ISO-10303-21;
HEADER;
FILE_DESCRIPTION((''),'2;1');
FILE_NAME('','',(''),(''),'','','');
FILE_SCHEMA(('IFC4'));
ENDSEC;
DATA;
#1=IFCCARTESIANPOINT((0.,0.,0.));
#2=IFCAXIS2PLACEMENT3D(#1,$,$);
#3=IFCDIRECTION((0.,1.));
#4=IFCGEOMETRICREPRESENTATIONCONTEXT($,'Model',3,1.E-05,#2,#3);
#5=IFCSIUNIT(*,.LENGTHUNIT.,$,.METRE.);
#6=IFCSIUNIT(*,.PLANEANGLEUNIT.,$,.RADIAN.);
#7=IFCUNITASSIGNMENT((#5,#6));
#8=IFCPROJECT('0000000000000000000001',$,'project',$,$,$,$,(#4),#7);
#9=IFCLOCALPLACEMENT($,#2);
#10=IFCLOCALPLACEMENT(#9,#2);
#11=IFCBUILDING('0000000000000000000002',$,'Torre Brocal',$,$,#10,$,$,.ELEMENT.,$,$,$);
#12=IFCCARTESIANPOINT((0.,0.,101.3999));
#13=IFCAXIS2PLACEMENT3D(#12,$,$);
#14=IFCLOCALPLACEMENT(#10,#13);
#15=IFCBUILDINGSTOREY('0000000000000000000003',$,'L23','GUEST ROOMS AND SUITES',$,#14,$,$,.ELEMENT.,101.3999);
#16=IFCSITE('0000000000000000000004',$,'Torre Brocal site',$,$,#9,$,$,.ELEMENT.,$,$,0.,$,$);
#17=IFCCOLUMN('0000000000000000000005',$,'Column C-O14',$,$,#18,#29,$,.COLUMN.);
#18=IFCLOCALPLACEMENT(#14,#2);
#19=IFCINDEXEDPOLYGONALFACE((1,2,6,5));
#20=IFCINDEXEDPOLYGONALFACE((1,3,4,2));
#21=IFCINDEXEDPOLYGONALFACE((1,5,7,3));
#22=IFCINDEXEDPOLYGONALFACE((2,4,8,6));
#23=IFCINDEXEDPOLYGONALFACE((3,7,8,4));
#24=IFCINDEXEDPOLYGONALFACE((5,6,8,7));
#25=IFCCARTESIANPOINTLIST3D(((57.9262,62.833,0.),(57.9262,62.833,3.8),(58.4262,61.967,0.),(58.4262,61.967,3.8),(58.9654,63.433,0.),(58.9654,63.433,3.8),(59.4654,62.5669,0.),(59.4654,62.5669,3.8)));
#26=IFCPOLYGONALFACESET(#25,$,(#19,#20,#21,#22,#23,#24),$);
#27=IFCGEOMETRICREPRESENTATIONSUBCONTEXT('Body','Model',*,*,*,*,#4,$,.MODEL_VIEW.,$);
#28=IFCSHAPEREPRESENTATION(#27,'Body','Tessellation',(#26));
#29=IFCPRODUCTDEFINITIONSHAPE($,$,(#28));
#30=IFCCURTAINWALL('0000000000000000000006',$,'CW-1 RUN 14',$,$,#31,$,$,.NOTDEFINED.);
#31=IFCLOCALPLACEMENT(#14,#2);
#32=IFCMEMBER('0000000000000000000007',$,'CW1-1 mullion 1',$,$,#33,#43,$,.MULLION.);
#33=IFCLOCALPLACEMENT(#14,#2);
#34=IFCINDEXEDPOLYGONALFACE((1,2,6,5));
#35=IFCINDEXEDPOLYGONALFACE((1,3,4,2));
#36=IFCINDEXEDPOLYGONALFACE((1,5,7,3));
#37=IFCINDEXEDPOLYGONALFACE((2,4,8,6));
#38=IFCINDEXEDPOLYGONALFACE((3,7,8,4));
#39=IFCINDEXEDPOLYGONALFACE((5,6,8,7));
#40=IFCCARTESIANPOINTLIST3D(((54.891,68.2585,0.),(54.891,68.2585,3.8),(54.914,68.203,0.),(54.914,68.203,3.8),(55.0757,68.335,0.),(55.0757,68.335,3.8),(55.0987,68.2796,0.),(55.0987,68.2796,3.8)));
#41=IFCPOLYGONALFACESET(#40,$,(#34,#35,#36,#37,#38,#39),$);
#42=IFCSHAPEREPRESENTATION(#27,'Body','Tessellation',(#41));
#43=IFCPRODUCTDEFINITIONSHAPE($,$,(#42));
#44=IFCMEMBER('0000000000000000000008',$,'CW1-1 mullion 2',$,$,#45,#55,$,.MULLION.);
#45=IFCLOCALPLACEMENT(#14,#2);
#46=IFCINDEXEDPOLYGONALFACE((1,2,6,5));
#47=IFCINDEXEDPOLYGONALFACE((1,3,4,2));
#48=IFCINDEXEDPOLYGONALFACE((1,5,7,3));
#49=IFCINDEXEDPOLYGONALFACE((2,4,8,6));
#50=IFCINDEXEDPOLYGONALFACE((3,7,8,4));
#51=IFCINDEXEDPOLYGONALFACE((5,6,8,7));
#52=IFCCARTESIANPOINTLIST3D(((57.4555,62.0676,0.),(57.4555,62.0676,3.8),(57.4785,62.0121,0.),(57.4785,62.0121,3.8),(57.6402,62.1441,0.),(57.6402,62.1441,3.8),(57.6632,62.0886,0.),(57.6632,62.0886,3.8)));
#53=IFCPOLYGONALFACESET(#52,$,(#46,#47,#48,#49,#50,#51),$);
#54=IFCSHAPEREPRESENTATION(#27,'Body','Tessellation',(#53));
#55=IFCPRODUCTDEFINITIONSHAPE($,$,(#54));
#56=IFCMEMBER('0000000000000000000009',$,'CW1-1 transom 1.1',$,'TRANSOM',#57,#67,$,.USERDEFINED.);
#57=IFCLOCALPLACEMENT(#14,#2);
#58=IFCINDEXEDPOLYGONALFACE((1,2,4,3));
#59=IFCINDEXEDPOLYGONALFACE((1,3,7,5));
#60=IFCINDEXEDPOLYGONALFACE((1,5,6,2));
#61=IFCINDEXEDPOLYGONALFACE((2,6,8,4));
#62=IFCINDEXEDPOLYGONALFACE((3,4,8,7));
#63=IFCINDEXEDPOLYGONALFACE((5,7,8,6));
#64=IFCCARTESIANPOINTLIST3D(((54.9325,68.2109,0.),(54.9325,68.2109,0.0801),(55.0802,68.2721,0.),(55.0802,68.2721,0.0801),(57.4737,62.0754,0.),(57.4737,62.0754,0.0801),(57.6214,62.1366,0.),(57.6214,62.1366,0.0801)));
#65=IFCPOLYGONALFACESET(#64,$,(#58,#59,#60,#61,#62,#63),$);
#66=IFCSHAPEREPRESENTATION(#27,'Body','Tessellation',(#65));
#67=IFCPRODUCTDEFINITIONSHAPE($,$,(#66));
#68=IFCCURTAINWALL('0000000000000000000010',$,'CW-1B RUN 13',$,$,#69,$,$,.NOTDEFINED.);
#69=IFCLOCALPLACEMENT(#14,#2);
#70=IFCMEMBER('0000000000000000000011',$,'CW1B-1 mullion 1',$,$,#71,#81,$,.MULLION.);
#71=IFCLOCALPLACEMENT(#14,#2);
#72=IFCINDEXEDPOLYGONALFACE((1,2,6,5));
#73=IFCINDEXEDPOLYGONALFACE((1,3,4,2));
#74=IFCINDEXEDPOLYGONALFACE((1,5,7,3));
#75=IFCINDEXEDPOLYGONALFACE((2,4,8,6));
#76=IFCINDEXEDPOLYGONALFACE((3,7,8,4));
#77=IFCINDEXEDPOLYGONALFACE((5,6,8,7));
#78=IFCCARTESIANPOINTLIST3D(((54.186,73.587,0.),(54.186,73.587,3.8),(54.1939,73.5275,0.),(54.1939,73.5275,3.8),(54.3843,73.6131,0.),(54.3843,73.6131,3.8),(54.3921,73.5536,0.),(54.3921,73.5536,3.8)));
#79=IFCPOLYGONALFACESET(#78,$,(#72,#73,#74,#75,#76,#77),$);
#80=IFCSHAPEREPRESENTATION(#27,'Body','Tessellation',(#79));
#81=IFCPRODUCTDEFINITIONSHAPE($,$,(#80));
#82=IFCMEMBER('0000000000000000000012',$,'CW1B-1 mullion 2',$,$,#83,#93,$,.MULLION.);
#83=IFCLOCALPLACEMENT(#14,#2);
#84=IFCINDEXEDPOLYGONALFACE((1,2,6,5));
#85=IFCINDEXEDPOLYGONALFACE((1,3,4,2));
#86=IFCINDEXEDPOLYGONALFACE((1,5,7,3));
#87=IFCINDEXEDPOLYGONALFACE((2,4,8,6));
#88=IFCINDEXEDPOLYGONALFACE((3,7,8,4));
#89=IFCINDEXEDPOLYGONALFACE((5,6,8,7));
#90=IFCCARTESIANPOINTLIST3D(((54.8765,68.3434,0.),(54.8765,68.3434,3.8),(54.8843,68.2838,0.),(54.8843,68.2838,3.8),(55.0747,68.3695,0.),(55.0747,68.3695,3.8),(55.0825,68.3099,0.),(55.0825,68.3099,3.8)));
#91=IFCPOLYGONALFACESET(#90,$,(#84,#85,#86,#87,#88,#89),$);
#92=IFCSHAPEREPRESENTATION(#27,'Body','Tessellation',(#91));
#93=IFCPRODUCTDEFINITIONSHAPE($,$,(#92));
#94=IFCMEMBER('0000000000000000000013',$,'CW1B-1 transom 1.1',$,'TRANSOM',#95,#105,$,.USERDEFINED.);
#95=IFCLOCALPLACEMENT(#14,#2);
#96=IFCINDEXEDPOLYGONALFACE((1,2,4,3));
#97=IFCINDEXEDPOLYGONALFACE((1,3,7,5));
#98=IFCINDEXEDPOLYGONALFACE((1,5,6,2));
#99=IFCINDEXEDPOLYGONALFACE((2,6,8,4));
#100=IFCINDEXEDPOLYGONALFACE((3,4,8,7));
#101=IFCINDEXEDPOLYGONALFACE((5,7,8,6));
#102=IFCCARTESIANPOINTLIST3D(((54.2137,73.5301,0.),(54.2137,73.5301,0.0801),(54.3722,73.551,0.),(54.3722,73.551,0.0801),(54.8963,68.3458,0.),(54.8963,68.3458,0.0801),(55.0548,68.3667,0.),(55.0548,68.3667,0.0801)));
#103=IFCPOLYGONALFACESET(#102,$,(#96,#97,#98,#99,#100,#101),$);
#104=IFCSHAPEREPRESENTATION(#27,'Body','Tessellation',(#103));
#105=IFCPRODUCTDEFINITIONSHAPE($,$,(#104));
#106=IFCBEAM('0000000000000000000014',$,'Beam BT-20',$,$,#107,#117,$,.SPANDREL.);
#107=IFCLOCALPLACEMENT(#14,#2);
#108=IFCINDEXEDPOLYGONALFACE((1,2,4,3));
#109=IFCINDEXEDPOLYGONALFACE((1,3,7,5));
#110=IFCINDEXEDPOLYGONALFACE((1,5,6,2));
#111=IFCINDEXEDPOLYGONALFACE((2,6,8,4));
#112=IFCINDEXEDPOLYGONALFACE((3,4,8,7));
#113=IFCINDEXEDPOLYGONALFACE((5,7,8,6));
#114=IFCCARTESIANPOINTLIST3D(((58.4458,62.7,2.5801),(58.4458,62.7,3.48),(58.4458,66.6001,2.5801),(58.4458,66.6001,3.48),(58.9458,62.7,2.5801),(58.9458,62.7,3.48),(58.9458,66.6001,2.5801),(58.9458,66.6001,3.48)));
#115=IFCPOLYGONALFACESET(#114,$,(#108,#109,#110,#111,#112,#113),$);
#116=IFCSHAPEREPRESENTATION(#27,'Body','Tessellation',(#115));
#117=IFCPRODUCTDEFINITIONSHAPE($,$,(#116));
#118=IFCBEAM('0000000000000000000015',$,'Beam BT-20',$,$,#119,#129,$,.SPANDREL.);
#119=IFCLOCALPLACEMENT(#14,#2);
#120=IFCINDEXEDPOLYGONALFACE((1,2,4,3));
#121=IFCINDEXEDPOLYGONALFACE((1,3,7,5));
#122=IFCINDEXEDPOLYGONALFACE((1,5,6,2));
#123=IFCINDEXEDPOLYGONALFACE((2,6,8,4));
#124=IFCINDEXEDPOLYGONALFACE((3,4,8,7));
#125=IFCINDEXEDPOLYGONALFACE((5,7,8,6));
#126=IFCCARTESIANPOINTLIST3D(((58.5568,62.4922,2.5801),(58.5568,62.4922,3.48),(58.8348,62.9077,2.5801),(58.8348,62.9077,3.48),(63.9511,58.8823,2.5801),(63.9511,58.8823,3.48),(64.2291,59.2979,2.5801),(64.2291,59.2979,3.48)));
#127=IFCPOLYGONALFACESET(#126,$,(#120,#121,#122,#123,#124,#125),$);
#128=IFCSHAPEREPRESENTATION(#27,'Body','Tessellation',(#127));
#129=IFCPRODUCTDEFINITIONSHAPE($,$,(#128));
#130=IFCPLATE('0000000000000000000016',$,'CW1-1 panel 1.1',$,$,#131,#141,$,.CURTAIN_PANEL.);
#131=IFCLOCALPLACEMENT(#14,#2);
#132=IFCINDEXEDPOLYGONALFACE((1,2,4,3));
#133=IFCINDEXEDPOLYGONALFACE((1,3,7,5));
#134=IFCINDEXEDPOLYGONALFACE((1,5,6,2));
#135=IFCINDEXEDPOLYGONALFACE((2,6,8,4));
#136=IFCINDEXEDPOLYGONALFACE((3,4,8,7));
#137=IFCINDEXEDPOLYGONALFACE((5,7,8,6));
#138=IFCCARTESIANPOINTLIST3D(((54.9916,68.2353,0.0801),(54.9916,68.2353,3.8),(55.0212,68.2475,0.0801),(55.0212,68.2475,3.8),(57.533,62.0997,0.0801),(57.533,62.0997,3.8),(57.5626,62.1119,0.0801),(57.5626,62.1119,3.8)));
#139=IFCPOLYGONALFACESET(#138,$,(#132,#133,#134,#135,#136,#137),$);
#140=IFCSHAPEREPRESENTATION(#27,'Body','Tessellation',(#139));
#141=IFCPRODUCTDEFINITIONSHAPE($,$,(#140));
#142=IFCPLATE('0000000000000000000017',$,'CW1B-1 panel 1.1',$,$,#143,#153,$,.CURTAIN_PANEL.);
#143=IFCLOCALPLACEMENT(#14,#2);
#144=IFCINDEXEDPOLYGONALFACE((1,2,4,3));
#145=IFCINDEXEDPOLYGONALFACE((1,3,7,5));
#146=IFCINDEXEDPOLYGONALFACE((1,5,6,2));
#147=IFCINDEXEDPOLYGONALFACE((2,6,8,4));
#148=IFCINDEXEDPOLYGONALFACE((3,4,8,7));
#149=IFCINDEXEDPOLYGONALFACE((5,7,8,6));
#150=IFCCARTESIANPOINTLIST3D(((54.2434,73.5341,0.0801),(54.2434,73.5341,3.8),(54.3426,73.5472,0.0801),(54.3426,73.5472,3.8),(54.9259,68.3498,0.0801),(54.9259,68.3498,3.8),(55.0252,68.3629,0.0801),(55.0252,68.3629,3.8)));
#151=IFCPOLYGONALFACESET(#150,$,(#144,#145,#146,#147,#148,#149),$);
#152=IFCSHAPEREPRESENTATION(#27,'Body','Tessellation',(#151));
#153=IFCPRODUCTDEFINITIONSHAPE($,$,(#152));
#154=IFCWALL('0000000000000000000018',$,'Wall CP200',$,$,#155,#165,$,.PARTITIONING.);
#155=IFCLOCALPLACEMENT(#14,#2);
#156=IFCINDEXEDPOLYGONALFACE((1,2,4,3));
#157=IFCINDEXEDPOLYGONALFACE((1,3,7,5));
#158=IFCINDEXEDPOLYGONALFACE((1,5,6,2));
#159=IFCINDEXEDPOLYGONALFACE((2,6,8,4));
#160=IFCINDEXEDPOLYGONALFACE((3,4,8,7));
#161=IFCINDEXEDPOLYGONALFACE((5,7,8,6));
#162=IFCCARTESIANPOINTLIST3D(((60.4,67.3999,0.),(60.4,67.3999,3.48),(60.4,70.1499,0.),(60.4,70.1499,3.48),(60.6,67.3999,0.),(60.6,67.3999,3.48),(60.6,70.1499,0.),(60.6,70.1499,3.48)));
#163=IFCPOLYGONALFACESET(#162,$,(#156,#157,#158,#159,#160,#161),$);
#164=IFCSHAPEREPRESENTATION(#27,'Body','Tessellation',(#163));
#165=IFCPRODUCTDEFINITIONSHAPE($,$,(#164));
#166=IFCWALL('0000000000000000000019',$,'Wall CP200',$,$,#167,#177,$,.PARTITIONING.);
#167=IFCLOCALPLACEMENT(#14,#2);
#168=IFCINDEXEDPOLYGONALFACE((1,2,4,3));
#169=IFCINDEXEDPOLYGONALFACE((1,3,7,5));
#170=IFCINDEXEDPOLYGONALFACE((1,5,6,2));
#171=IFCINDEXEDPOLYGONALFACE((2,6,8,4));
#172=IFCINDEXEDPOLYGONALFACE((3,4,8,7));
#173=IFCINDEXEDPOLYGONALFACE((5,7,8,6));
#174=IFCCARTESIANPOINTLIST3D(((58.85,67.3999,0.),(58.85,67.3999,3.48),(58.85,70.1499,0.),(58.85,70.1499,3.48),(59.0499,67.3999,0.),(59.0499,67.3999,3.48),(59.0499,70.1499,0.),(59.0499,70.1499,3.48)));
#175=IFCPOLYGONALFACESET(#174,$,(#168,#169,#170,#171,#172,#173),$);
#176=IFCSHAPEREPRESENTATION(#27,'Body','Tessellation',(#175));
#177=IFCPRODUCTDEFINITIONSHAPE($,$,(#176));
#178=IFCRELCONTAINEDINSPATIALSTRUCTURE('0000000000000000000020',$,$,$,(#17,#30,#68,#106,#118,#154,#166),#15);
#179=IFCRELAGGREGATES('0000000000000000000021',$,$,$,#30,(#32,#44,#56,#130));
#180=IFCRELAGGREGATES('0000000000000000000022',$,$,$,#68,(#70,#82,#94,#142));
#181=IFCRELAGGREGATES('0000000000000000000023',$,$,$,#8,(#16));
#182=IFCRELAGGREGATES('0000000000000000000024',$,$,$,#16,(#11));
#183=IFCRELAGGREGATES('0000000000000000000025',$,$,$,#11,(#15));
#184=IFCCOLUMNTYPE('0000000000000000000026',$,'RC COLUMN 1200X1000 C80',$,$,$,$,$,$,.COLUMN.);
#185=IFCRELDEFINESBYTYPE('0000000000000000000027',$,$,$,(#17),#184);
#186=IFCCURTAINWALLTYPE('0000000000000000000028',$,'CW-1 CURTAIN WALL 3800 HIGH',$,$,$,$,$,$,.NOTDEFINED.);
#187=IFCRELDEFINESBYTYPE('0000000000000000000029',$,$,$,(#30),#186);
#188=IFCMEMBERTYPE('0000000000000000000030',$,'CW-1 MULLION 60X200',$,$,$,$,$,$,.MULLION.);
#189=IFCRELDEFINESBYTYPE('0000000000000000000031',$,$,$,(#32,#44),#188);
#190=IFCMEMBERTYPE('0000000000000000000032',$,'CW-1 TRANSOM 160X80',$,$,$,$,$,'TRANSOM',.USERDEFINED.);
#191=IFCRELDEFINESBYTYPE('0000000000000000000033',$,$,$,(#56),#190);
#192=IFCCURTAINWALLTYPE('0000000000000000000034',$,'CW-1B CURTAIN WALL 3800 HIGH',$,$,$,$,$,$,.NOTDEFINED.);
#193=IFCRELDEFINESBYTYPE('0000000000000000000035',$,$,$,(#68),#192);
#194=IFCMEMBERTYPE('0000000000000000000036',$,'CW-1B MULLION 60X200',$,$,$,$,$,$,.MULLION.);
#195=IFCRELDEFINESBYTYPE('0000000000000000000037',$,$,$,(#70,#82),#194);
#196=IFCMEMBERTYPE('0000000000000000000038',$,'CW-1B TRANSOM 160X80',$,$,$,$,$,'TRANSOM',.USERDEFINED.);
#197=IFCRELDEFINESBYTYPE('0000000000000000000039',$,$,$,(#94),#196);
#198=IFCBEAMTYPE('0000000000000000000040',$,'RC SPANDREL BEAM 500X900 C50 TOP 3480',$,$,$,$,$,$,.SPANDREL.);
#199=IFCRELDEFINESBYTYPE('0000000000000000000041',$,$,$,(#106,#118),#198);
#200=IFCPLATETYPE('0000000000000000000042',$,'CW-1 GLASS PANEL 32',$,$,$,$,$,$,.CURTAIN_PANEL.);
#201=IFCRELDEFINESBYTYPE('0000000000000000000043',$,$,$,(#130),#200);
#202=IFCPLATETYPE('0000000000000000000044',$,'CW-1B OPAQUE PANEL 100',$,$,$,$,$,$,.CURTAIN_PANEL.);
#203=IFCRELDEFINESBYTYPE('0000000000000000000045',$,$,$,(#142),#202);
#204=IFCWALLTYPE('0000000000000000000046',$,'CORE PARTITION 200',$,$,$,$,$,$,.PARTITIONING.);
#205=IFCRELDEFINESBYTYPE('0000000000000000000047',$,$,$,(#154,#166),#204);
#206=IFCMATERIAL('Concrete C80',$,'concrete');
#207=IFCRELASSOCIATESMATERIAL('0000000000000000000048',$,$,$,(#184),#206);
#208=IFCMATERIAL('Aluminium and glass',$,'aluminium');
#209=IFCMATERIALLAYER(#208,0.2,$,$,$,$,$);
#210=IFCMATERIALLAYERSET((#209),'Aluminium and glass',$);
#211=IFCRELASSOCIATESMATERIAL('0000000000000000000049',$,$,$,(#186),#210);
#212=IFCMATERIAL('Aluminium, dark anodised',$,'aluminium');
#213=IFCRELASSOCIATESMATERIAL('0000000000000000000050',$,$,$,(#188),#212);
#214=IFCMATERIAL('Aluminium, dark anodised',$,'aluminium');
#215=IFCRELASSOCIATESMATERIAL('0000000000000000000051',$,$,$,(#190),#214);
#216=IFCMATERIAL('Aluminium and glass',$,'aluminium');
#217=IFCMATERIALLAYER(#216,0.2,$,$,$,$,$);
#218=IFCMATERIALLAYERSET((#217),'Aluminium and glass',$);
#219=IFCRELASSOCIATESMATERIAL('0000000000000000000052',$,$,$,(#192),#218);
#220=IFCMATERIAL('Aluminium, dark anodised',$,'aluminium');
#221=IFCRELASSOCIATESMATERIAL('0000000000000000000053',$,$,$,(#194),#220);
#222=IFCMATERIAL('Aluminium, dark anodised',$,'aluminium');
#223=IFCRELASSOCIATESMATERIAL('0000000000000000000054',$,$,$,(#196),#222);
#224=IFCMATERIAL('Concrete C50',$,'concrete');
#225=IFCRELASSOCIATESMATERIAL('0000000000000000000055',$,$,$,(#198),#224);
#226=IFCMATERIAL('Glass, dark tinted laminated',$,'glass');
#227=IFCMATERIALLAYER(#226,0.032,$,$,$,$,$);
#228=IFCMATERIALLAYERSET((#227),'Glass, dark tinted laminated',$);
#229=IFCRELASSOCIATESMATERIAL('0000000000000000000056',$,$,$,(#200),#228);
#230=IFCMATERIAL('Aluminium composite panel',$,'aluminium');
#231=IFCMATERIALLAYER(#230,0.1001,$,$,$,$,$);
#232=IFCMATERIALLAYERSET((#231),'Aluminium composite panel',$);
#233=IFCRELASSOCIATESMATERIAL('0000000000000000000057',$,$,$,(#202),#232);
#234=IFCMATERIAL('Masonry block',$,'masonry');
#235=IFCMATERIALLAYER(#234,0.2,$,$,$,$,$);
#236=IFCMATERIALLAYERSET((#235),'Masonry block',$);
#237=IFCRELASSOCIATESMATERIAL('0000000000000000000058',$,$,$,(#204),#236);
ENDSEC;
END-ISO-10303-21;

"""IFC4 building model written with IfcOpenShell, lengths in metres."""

from ifc_helpers import new_model, si_unit, direction, frame, frame_2d, origin, origin_2d, place, context, subcontext, project, spatial, rectangle, extrude, material, layer, layer_set, material_profile, profile_set, type_object, element, aggregate, save


model = new_model("IFC4")

# Units and contexts
model_context = context("Model", 3, precision=1e-05, world=origin(), true_north=direction((0.0, 1.0)))
body_context = subcontext(model_context, "Body", "Model", "MODEL_VIEW")
ifc_project = project(units=[si_unit("LENGTHUNIT", "METRE"), si_unit("PLANEANGLEUNIT", "RADIAN")], contexts=[model_context])

# Site, building, storey
site_placement = place(None, origin())
site = spatial("IfcSite", under=ifc_project, at=site_placement, Name="Torre Brocal site", CompositionType="ELEMENT", RefElevation=0.0)
building_placement = place(site_placement, origin())
building = spatial("IfcBuilding", under=site, at=building_placement, Name="Torre Brocal", CompositionType="ELEMENT")
storey_placement = place(building_placement, frame((0.0, 0.0, 101.3999)))
storey = spatial("IfcBuildingStorey", under=building, at=storey_placement, Name="L23", Description="GUEST ROOMS AND SUITES", CompositionType="ELEMENT", Elevation=101.3999)

# Column
ifc_material_1 = material(Name="Concrete C80", Category="concrete")
ifc_material_profile_1 = material_profile(ifc_material_1, rectangle(XDim=1.2, YDim=1.0, at=origin_2d()), Name="RC 1200X1000")
ifc_profile_set_1 = profile_set([ifc_material_profile_1], Name="Concrete C80")
column_type = type_object("IfcColumnType", Name="RC COLUMN 1200X1000 C80", PredefinedType="COLUMN", material=ifc_profile_set_1)
column_placement = place(storey_placement, frame((58.6958, 62.7, 0.0), z_axis=(0.0, 0.0, 1.0), x_axis=(-0.866025, -0.5, 0.0)))
element("IfcColumn", 1, at=column_placement, inside=storey, type_object=column_type, Name="Column C-O14", PredefinedType="COLUMN", context=body_context, shape_type="SweptSolid", body=[
    extrude(rectangle(XDim=1.2, YDim=1.0, at=origin_2d()), origin(), (0.0, 0.0, 1.0), 3.8),
])

# Curtain walls, members
ifc_material_2 = material(Name="Aluminium and glass", Category="aluminium")
ifc_layer_1 = layer(ifc_material_2, 0.2)
ifc_layer_set_1 = layer_set([ifc_layer_1], Name="Aluminium and glass")
curtain_wall_type_1 = type_object("IfcCurtainWallType", Name="CW-1 CURTAIN WALL 3800 HIGH", PredefinedType="NOTDEFINED", material=ifc_layer_set_1)
curtain_wall_1_placement = place(storey_placement, origin())
curtain_wall_1 = element("IfcCurtainWall", 2, at=curtain_wall_1_placement, inside=storey, type_object=curtain_wall_type_1, Name="CW-1 RUN 14", PredefinedType="NOTDEFINED")
ifc_material_3 = material(Name="Aluminium, dark anodised", Category="aluminium")
ifc_material_profile_2 = material_profile(ifc_material_3, rectangle(XDim=0.2, YDim=0.0601, at=origin_2d()), Name="CW-1 MULLION 60X200")
ifc_profile_set_2 = profile_set([ifc_material_profile_2], Name="Aluminium, dark anodised")
member_type_1 = type_object("IfcMemberType", Name="CW-1 MULLION 60X200", PredefinedType="MULLION", material=ifc_profile_set_2)
member_1_placement = place(storey_placement, frame((54.9949, 68.269, 0.0), z_axis=(0.0, 0.0, 1.0), x_axis=(0.92388, 0.382683, 0.0)))
member_1 = element("IfcMember", 3, at=member_1_placement, type_object=member_type_1, Name="CW1-1 mullion 1", PredefinedType="MULLION", context=body_context, shape_type="SweptSolid", body=[
    extrude(rectangle(XDim=0.2, YDim=0.0601, at=origin_2d()), origin(), (0.0, 0.0, 1.0), 3.8),
])
member_2_placement = place(storey_placement, frame((57.5593, 62.0781, 0.0), z_axis=(0.0, 0.0, 1.0), x_axis=(0.92388, 0.382683, 0.0)))
member_2 = element("IfcMember", 4, at=member_2_placement, type_object=member_type_1, Name="CW1-1 mullion 2", PredefinedType="MULLION", context=body_context, shape_type="SweptSolid", body=[
    extrude(rectangle(XDim=0.2, YDim=0.0601, at=origin_2d()), origin(), (0.0, 0.0, 1.0), 3.8),
])
ifc_material_4 = material(Name="Aluminium, dark anodised", Category="aluminium")
ifc_material_profile_3 = material_profile(ifc_material_4, rectangle(XDim=0.1599, YDim=0.0801, at=origin_2d()), Name="CW-1 TRANSOM 160X80")
ifc_profile_set_3 = profile_set([ifc_material_profile_3], Name="Aluminium, dark anodised")
member_type_2 = type_object("IfcMemberType", Name="CW-1 TRANSOM 160X80", ElementType="TRANSOM", PredefinedType="USERDEFINED", material=ifc_profile_set_3)
member_3_placement = place(storey_placement, frame((55.0063, 68.2415, 0.04), z_axis=(0.382665, -0.923887, 0.0), x_axis=(0.923887, 0.382665, 0.0)))
member_3 = element("IfcMember", 5, at=member_3_placement, type_object=member_type_2, Name="CW1-1 transom 1.1", ObjectType="TRANSOM", PredefinedType="USERDEFINED", context=body_context, shape_type="SweptSolid", body=[
    extrude(rectangle(XDim=0.1599, YDim=0.0801, at=origin_2d()), origin(), (0.0, 0.0, 1.0), 6.6409),
])
ifc_material_5 = material(Name="Aluminium and glass", Category="aluminium")
ifc_layer_2 = layer(ifc_material_5, 0.2)
ifc_layer_set_2 = layer_set([ifc_layer_2], Name="Aluminium and glass")
curtain_wall_type_2 = type_object("IfcCurtainWallType", Name="CW-1B CURTAIN WALL 3800 HIGH", PredefinedType="NOTDEFINED", material=ifc_layer_set_2)
curtain_wall_2_placement = place(storey_placement, origin())
curtain_wall_2 = element("IfcCurtainWall", 6, at=curtain_wall_2_placement, inside=storey, type_object=curtain_wall_type_2, Name="CW-1B RUN 13", PredefinedType="NOTDEFINED")
ifc_material_6 = material(Name="Aluminium, dark anodised", Category="aluminium")
ifc_material_profile_4 = material_profile(ifc_material_6, rectangle(XDim=0.2, YDim=0.0601, at=origin_2d()), Name="CW-1B MULLION 60X200")
ifc_profile_set_4 = profile_set([ifc_material_profile_4], Name="Aluminium, dark anodised")
member_type_3 = type_object("IfcMemberType", Name="CW-1B MULLION 60X200", PredefinedType="MULLION", material=ifc_profile_set_4)
member_4_placement = place(storey_placement, frame((54.2891, 73.5703, 0.0), z_axis=(0.0, 0.0, 1.0), x_axis=(0.991445, 0.130526, 0.0)))
member_4 = element("IfcMember", 7, at=member_4_placement, type_object=member_type_3, Name="CW1B-1 mullion 1", PredefinedType="MULLION", context=body_context, shape_type="SweptSolid", body=[
    extrude(rectangle(XDim=0.2, YDim=0.0601, at=origin_2d()), origin(), (0.0, 0.0, 1.0), 3.8),
])
member_5_placement = place(storey_placement, frame((54.9795, 68.3267, 0.0), z_axis=(0.0, 0.0, 1.0), x_axis=(0.991445, 0.130526, 0.0)))
member_5 = element("IfcMember", 8, at=member_5_placement, type_object=member_type_3, Name="CW1B-1 mullion 2", PredefinedType="MULLION", context=body_context, shape_type="SweptSolid", body=[
    extrude(rectangle(XDim=0.2, YDim=0.0601, at=origin_2d()), origin(), (0.0, 0.0, 1.0), 3.8),
])
ifc_material_7 = material(Name="Aluminium, dark anodised", Category="aluminium")
ifc_material_profile_5 = material_profile(ifc_material_7, rectangle(XDim=0.1599, YDim=0.0801, at=origin_2d()), Name="CW-1B TRANSOM 160X80")
ifc_profile_set_5 = profile_set([ifc_material_profile_5], Name="Aluminium, dark anodised")
member_type_4 = type_object("IfcMemberType", Name="CW-1B TRANSOM 160X80", ElementType="TRANSOM", PredefinedType="USERDEFINED", material=ifc_profile_set_5)
member_6_placement = place(storey_placement, frame((54.293, 73.5405, 0.04), z_axis=(0.130543, -0.991443, 0.0), x_axis=(0.991443, 0.130543, 0.0)))
member_6 = element("IfcMember", 9, at=member_6_placement, type_object=member_type_4, Name="CW1B-1 transom 1.1", ObjectType="TRANSOM", PredefinedType="USERDEFINED", context=body_context, shape_type="SweptSolid", body=[
    extrude(rectangle(XDim=0.1599, YDim=0.0801, at=origin_2d()), origin(), (0.0, 0.0, 1.0), 5.229),
])

# Beams
ifc_material_8 = material(Name="Concrete C50", Category="concrete")
ifc_material_profile_6 = material_profile(ifc_material_8, rectangle(XDim=0.5, YDim=0.8999, at=origin_2d()), Name="RC 500X900")
ifc_profile_set_6 = profile_set([ifc_material_profile_6], Name="Concrete C50")
beam_type = type_object("IfcBeamType", Name="RC SPANDREL BEAM 500X900 C50 TOP 3480", PredefinedType="SPANDREL", material=ifc_profile_set_6)
beam_1_placement = place(storey_placement, frame((58.6958, 62.7, 3.03), z_axis=(0.0, 1.0, 0.0), x_axis=(-1.0, 0.0, 0.0)))
element("IfcBeam", 10, at=beam_1_placement, inside=storey, type_object=beam_type, Name="Beam BT-20", PredefinedType="SPANDREL", context=body_context, shape_type="SweptSolid", body=[
    extrude(rectangle(XDim=0.5, YDim=0.8999, at=origin_2d()), origin(), (0.0, 0.0, 1.0), 3.9001),
])
beam_2_placement = place(storey_placement, frame((58.6958, 62.7, 3.03), z_axis=(0.831077, -0.556158, 0.0), x_axis=(0.556158, 0.831077, 0.0)))
element("IfcBeam", 11, at=beam_2_placement, inside=storey, type_object=beam_type, Name="Beam BT-20", PredefinedType="SPANDREL", context=body_context, shape_type="SweptSolid", body=[
    extrude(rectangle(XDim=0.5, YDim=0.8999, at=origin_2d()), origin(), (0.0, 0.0, 1.0), 6.4907),
])

# Plates
ifc_material_9 = material(Name="Glass, dark tinted laminated", Category="glass")
ifc_layer_3 = layer(ifc_material_9, 0.032)
ifc_layer_set_3 = layer_set([ifc_layer_3], Name="Glass, dark tinted laminated")
plate_type_1 = type_object("IfcPlateType", Name="CW-1 GLASS PANEL 32", PredefinedType="CURTAIN_PANEL", material=ifc_layer_set_3)
plate_1_placement = place(storey_placement, frame((56.2771, 65.1736, 0.0801), z_axis=(0.0, 0.0, 1.0), x_axis=(0.382683, -0.92388, 0.0)))
plate_1 = element("IfcPlate", 12, at=plate_1_placement, type_object=plate_type_1, Name="CW1-1 panel 1.1", PredefinedType="CURTAIN_PANEL", context=body_context, shape_type="SweptSolid", body=[
    extrude(rectangle(XDim=6.6411, YDim=0.032, at=origin_2d()), origin(), (0.0, 0.0, 1.0), 3.72),
])
aggregate(curtain_wall_1, [member_1, member_2, member_3, plate_1])
ifc_material_10 = material(Name="Aluminium composite panel", Category="aluminium")
ifc_layer_4 = layer(ifc_material_10, 0.1001)
ifc_layer_set_4 = layer_set([ifc_layer_4], Name="Aluminium composite panel")
plate_type_2 = type_object("IfcPlateType", Name="CW-1B OPAQUE PANEL 100", PredefinedType="CURTAIN_PANEL", material=ifc_layer_set_4)
plate_2_placement = place(storey_placement, frame((54.6343, 70.9485, 0.0801), z_axis=(0.0, 0.0, 1.0), x_axis=(0.130526, -0.991445, 0.0)))
plate_2 = element("IfcPlate", 13, at=plate_2_placement, type_object=plate_type_2, Name="CW1B-1 panel 1.1", PredefinedType="CURTAIN_PANEL", context=body_context, shape_type="SweptSolid", body=[
    extrude(rectangle(XDim=5.229, YDim=0.1001, at=origin_2d()), origin(), (0.0, 0.0, 1.0), 3.72),
])
aggregate(curtain_wall_2, [member_4, member_5, member_6, plate_2])

# Walls
ifc_material_11 = material(Name="Masonry block", Category="masonry")
ifc_layer_5 = layer(ifc_material_11, 0.2)
ifc_layer_set_5 = layer_set([ifc_layer_5], Name="Masonry block")
wall_type_1 = type_object("IfcWallType", Name="CORE PARTITION 200", PredefinedType="PARTITIONING", material=ifc_layer_set_5)
for number, where, z_axis, x_axis, name in (
    (14, (60.5, 70.1499, 0.0), (0.0, 0.0, 1.0), (0.0, -1.0, 0.0), "Wall CP200"),
    (15, (58.95, 70.1499, 0.0), (0.0, 0.0, 1.0), (0.0, -1.0, 0.0), "Wall CP200"),
):
    element("IfcWall", number, at=place(storey_placement, frame(where, z_axis=z_axis, x_axis=x_axis)), inside=storey, type_object=wall_type_1, Name=name, PredefinedType="PARTITIONING", context=body_context, shape_type="SweptSolid", body=[
        extrude(rectangle(XDim=2.75, YDim=0.2, at=frame_2d((1.375, 0.0))), origin(), (0.0, 0.0, 1.0), 3.48),
    ])

save(model, "model.ifc")
